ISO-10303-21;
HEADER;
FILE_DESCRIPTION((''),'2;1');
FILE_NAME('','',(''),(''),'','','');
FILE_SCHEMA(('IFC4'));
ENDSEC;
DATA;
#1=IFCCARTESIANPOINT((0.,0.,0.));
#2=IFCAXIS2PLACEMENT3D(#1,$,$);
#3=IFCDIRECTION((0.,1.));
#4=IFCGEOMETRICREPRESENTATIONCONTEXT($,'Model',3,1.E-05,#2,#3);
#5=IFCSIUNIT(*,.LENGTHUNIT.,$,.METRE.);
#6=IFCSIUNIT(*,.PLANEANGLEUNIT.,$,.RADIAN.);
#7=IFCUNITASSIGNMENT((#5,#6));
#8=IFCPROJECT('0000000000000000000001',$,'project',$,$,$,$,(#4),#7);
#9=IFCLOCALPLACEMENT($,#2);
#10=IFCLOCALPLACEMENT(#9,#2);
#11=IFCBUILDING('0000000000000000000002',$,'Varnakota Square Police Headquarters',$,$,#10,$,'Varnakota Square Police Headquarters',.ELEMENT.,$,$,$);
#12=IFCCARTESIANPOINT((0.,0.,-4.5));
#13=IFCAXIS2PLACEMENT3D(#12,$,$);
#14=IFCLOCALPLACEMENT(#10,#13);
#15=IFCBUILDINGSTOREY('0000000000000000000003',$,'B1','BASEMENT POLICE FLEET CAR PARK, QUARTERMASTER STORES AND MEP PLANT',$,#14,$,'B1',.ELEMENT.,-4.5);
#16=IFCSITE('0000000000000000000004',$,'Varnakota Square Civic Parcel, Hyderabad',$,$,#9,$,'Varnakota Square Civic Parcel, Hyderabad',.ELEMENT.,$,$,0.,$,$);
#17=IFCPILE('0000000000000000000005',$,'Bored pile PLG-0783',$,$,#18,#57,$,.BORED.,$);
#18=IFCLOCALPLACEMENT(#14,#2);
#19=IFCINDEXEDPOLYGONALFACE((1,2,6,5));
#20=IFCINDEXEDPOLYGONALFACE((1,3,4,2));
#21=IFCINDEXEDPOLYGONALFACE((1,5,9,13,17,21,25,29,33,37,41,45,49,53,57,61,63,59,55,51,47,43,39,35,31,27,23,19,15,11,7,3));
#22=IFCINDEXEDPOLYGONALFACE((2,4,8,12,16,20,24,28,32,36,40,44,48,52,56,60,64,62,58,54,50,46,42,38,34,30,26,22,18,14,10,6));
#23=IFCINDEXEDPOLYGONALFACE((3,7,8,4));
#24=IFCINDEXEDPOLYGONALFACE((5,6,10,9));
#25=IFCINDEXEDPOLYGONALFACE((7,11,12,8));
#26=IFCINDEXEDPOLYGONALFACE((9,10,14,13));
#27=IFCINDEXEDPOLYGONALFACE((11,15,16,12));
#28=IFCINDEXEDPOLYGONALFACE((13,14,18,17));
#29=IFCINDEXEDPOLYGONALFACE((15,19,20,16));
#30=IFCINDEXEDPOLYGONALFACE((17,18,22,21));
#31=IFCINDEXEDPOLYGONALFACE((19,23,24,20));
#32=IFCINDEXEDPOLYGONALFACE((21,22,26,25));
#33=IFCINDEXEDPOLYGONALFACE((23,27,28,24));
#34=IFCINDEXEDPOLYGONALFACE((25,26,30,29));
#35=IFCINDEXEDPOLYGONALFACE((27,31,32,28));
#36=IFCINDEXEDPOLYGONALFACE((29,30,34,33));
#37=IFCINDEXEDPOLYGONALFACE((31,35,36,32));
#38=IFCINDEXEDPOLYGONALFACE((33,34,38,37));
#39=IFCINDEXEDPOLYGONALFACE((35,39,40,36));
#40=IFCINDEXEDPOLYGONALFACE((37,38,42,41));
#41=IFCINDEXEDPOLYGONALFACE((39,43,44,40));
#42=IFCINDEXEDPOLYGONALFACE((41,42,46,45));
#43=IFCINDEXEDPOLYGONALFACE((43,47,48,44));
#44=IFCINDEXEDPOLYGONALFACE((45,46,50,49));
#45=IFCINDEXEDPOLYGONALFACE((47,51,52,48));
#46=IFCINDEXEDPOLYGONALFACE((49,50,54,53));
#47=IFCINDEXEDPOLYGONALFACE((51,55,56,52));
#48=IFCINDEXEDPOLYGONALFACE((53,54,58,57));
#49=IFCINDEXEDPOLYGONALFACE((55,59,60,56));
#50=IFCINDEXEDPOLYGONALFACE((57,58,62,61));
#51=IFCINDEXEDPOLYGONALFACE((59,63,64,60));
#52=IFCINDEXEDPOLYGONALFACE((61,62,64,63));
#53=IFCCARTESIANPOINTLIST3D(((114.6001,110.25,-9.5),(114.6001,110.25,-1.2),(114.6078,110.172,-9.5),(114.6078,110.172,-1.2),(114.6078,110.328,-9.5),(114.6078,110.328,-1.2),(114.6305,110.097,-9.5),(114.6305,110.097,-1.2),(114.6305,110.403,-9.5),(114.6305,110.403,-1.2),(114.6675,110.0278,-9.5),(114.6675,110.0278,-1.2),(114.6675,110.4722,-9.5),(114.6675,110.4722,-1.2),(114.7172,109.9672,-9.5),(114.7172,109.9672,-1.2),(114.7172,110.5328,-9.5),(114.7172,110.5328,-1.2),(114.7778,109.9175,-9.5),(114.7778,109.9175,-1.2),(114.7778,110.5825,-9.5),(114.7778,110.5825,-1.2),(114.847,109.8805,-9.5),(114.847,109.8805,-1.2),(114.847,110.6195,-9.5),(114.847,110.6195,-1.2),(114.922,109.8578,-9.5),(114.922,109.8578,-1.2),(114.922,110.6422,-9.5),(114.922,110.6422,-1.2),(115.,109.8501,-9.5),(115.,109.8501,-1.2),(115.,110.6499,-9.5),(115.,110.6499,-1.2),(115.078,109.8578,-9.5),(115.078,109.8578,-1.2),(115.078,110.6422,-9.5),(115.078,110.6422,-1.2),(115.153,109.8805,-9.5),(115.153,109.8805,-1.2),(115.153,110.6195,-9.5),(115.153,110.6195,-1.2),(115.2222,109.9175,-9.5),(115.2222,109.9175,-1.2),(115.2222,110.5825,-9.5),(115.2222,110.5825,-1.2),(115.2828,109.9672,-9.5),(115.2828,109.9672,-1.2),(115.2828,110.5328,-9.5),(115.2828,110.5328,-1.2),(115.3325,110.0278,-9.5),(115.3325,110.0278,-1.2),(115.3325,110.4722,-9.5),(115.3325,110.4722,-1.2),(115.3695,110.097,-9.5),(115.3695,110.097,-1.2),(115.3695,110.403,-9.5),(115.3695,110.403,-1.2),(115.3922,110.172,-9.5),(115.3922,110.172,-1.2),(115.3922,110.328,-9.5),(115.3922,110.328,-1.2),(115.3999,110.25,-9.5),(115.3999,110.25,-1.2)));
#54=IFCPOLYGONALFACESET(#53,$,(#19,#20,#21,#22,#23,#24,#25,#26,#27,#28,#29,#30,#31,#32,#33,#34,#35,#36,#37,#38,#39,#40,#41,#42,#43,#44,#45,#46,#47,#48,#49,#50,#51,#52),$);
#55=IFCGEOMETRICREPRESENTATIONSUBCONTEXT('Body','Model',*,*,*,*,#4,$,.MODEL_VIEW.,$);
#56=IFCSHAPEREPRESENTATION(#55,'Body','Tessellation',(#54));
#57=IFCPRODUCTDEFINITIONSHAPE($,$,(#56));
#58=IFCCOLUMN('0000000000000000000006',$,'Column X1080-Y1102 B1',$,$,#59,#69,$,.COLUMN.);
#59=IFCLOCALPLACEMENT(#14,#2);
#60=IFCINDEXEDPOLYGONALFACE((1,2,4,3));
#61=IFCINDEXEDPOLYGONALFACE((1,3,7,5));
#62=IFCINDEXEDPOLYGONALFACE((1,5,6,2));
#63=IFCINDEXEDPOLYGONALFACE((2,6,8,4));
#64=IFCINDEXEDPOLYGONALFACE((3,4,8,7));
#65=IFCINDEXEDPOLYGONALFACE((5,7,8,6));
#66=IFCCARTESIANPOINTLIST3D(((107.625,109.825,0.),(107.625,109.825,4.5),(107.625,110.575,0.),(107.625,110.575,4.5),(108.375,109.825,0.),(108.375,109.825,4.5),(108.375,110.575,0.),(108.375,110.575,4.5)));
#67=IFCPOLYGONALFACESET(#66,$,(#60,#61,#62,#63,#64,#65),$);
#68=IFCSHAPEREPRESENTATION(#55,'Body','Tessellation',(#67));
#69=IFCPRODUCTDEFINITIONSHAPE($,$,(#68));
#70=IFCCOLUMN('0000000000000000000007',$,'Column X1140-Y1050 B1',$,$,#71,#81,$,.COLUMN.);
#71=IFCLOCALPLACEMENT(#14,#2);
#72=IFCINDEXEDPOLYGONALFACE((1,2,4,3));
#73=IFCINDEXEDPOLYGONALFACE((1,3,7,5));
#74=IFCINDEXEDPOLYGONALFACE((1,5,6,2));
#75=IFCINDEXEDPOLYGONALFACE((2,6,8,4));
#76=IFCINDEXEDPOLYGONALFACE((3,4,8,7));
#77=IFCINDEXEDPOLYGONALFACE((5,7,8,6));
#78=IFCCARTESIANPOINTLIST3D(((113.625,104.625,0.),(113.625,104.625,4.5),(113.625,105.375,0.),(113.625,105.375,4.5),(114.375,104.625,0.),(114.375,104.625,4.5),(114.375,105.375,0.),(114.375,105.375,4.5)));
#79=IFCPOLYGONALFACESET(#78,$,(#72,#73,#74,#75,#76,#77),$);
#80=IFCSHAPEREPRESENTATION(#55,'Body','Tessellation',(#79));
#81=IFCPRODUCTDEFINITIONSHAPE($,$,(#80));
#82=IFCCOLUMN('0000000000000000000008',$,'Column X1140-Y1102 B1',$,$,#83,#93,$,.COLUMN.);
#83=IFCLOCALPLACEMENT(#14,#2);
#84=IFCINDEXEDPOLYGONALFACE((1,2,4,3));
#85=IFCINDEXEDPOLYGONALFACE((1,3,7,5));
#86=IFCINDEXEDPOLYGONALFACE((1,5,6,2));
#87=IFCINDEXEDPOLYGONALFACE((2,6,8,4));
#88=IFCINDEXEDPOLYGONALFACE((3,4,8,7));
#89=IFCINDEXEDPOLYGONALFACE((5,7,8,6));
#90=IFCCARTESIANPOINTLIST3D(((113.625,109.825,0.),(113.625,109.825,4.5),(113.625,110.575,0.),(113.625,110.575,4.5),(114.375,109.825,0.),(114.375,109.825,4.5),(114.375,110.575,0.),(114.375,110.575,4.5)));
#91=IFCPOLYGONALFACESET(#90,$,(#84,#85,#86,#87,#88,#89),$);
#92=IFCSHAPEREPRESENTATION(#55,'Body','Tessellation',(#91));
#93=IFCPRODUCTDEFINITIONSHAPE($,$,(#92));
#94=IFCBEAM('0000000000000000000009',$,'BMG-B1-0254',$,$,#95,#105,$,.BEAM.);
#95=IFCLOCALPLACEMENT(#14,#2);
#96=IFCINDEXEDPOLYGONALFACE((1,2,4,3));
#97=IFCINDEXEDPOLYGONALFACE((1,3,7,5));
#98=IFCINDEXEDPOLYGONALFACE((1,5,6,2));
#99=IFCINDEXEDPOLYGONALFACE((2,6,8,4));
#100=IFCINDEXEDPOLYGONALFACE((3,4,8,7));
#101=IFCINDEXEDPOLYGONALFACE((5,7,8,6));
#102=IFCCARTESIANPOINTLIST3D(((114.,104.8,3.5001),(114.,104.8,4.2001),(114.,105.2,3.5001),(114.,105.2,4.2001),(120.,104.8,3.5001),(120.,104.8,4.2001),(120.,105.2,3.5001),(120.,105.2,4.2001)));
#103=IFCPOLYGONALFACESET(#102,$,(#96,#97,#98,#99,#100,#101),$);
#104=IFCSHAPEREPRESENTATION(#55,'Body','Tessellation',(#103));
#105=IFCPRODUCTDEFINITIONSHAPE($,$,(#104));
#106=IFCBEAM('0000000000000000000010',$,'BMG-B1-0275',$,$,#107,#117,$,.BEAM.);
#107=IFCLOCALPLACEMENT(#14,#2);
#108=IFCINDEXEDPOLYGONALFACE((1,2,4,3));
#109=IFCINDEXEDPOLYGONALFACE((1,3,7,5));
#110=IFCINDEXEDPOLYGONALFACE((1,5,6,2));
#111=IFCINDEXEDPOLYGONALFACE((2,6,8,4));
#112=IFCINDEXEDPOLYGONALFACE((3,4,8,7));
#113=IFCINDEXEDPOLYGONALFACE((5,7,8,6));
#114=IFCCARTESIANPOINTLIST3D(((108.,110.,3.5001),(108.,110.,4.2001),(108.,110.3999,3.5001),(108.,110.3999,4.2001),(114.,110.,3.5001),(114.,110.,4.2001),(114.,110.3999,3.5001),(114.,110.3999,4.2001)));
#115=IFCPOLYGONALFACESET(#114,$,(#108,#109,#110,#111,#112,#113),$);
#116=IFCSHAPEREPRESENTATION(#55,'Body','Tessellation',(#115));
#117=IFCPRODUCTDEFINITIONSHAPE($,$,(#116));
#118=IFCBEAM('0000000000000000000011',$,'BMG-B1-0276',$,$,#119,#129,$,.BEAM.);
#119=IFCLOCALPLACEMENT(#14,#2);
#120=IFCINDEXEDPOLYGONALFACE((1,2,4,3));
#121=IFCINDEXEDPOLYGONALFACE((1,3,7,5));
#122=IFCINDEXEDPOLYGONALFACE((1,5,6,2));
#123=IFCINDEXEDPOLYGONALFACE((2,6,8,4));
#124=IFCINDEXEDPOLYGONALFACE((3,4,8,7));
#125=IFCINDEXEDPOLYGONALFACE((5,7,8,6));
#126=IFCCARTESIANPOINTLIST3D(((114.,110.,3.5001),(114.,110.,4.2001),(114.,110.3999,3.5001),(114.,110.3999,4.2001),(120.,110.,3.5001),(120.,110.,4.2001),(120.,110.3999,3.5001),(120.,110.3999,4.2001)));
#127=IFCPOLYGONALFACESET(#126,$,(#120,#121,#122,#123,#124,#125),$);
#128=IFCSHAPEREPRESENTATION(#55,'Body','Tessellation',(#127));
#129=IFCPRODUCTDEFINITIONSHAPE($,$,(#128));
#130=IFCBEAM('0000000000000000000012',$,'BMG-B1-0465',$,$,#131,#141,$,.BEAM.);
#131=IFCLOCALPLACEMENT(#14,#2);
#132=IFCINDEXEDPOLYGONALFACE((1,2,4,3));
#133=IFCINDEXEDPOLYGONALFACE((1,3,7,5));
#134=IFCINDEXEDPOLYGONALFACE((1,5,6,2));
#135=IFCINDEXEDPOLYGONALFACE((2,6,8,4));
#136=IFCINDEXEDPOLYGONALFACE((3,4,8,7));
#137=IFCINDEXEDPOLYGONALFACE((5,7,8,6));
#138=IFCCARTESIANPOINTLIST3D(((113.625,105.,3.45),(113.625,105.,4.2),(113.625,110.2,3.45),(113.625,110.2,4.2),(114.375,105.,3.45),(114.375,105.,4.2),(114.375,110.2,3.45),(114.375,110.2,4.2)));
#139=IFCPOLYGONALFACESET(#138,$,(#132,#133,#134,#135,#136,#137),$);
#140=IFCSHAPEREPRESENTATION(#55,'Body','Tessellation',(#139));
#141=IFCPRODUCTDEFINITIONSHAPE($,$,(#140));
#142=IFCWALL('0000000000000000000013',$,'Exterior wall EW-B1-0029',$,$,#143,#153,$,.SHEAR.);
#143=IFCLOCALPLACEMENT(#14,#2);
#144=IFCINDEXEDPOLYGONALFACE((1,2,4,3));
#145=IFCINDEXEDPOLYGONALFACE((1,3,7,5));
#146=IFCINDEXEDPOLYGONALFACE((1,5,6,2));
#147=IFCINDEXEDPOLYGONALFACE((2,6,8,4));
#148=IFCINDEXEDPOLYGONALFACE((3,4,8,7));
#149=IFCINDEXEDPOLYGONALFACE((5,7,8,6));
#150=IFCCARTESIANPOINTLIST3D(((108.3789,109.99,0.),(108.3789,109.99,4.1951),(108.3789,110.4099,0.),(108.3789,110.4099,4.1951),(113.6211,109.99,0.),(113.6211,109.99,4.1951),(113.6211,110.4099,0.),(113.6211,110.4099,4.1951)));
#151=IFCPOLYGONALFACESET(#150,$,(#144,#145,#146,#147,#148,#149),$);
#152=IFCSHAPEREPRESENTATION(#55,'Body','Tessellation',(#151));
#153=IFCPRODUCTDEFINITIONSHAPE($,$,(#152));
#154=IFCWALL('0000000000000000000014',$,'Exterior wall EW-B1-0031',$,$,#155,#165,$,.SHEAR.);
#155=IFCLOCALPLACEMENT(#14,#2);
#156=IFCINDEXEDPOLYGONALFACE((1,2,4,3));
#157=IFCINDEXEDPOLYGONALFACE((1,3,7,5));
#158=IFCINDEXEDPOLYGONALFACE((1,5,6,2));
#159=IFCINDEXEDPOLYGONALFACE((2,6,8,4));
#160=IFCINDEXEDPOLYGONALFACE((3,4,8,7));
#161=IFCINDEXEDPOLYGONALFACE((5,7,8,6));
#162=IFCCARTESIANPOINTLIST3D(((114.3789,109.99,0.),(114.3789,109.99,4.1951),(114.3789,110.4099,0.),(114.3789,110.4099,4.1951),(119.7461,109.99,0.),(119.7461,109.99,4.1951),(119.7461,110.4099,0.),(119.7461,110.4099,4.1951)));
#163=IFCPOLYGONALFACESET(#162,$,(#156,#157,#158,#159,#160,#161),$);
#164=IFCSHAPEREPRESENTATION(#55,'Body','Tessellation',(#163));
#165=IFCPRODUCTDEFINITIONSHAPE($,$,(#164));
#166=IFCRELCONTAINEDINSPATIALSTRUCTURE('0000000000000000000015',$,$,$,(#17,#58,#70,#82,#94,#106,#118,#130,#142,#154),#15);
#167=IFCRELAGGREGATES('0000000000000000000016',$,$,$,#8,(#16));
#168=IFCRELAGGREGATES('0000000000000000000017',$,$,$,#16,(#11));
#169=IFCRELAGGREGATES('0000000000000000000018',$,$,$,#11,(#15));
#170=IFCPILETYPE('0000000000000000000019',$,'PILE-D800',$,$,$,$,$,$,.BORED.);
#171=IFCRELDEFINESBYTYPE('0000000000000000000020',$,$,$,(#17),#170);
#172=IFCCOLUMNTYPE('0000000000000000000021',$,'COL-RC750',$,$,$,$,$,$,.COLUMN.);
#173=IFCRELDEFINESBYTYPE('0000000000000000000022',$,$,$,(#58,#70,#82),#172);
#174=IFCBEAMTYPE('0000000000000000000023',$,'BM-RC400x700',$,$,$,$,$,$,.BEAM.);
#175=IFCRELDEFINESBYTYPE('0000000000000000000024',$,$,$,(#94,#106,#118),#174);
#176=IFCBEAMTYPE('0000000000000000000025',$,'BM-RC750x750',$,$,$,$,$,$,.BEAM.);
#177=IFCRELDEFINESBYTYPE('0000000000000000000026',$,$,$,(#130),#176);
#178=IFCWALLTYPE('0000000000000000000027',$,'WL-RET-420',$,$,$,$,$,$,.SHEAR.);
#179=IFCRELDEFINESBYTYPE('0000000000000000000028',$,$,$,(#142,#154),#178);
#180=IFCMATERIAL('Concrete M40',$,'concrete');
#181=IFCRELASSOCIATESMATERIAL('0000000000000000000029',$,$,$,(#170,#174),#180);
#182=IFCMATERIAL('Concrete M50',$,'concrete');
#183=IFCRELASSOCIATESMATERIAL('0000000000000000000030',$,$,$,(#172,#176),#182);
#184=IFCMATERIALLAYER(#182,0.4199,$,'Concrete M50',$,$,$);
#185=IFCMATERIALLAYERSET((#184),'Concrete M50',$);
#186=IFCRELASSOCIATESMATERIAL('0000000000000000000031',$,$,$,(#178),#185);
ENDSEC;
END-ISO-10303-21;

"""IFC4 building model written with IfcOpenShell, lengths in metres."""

from ifc_helpers import new_model, si_unit, direction, frame, frame_2d, origin, origin_2d, place, context, subcontext, project, spatial, rectangle, circle, extrude, material, layer, layer_set, material_profile, profile_set, type_object, element, save


model = new_model("IFC4")

# Units and contexts
model_context = context("Model", 3, precision=1e-05, world=origin(), true_north=direction((0.0, 1.0)))
body_context = subcontext(model_context, "Body", "Model", "MODEL_VIEW")
ifc_project = project(units=[si_unit("LENGTHUNIT", "METRE"), si_unit("PLANEANGLEUNIT", "RADIAN")], contexts=[model_context])

# Site, building, storey
site_placement = place(None, origin())
site = spatial("IfcSite", under=ifc_project, at=site_placement, Name="Varnakota Square Civic Parcel, Hyderabad", LongName="Varnakota Square Civic Parcel, Hyderabad", CompositionType="ELEMENT", RefElevation=0.0)
building_placement = place(site_placement, origin())
building = spatial("IfcBuilding", under=site, at=building_placement, Name="Varnakota Square Police Headquarters", LongName="Varnakota Square Police Headquarters", CompositionType="ELEMENT")
storey_placement = place(building_placement, frame((0.0, 0.0, -4.5)))
storey = spatial("IfcBuildingStorey", under=building, at=storey_placement, Name="B1", Description="BASEMENT POLICE FLEET CAR PARK, QUARTERMASTER STORES AND MEP PLANT", LongName="B1", CompositionType="ELEMENT", Elevation=-4.5)

# Shared definitions
ifc_material_1 = material(Name="Concrete M40", Category="concrete")

# Pile
ifc_material_profile_1 = material_profile(ifc_material_1, circle(Radius=0.3999, at=origin_2d()), Name="BORED PILE 800")
ifc_profile_set_1 = profile_set([ifc_material_profile_1], Name="Concrete M40")
pile_type = type_object("IfcPileType", Name="PILE-D800", PredefinedType="BORED", material=ifc_profile_set_1)
for number, where, z_axis, x_axis, name in (
    (1, (115.0, 110.25, -1.2), (0.0, 0.0, -1.0), (1.0, 0.0, 0.0), "Bored pile PLG-0783"),
):
    element("IfcPile", number, at=place(storey_placement, frame(where, z_axis=z_axis, x_axis=x_axis)), inside=storey, type_object=pile_type, Name=name, PredefinedType="BORED", context=body_context, shape_type="SweptSolid", body=[
        extrude(circle(Radius=0.3999, at=origin_2d()), origin(), (0.0, 0.0, 1.0), 8.3),
    ])

# Columns
ifc_material_2 = material(Name="Concrete M50", Category="concrete")
ifc_material_profile_2 = material_profile(ifc_material_2, rectangle(XDim=0.75, YDim=0.75, at=origin_2d()), Name="RC 750x750")
ifc_profile_set_2 = profile_set([ifc_material_profile_2], Name="Concrete M50")
column_type = type_object("IfcColumnType", Name="COL-RC750", PredefinedType="COLUMN", material=ifc_profile_set_2)
for number, where, z_axis, x_axis, name in (
    (2, (108.0, 110.2, 0.0), (0.0, 0.0, 1.0), (1.0, 0.0, 0.0), "Column X1080-Y1102 B1"),
    (3, (114.0, 105.0, 0.0), (0.0, 0.0, 1.0), (1.0, 0.0, 0.0), "Column X1140-Y1050 B1"),
    (4, (114.0, 110.2, 0.0), (0.0, 0.0, 1.0), (1.0, 0.0, 0.0), "Column X1140-Y1102 B1"),
):
    element("IfcColumn", number, at=place(storey_placement, frame(where, z_axis=z_axis, x_axis=x_axis)), inside=storey, type_object=column_type, Name=name, PredefinedType="COLUMN", context=body_context, shape_type="SweptSolid", body=[
        extrude(rectangle(XDim=0.75, YDim=0.75, at=origin_2d()), origin(), (0.0, 0.0, 1.0), 4.5),
    ])

# Beams
ifc_material_profile_3 = material_profile(ifc_material_1, rectangle(XDim=0.3999, YDim=0.7, at=origin_2d()), Name="RC 400x700")
ifc_profile_set_3 = profile_set([ifc_material_profile_3], Name="Concrete M40")
beam_type_1 = type_object("IfcBeamType", Name="BM-RC400x700", PredefinedType="BEAM", material=ifc_profile_set_3)
for number, where, z_axis, x_axis, name in (
    (5, (114.0, 105.0, 3.8501), (1.0, 0.0, 0.0), (0.0, 1.0, 0.0), "BMG-B1-0254"),
    (6, (108.0, 110.2, 3.8501), (1.0, 0.0, 0.0), (0.0, 1.0, 0.0), "BMG-B1-0275"),
    (7, (114.0, 110.2, 3.8501), (1.0, 0.0, 0.0), (0.0, 1.0, 0.0), "BMG-B1-0276"),
):
    element("IfcBeam", number, at=place(storey_placement, frame(where, z_axis=z_axis, x_axis=x_axis)), inside=storey, type_object=beam_type_1, Name=name, PredefinedType="BEAM", context=body_context, shape_type="SweptSolid", body=[
        extrude(rectangle(XDim=0.3999, YDim=0.7, at=origin_2d()), origin(), (0.0, 0.0, 1.0), 6.0),
    ])
ifc_material_profile_4 = material_profile(ifc_material_2, rectangle(XDim=0.75, YDim=0.75, at=origin_2d()), Name="RC 750x750")
ifc_profile_set_4 = profile_set([ifc_material_profile_4], Name="Concrete M50")
beam_type_2 = type_object("IfcBeamType", Name="BM-RC750x750", PredefinedType="BEAM", material=ifc_profile_set_4)
beam_placement = place(storey_placement, frame((114.0, 105.0, 3.825), z_axis=(0.0, 1.0, 0.0), x_axis=(-1.0, 0.0, 0.0)))
element("IfcBeam", 8, at=beam_placement, inside=storey, type_object=beam_type_2, Name="BMG-B1-0465", PredefinedType="BEAM", context=body_context, shape_type="SweptSolid", body=[
    extrude(rectangle(XDim=0.75, YDim=0.75, at=origin_2d()), origin(), (0.0, 0.0, 1.0), 5.2),
])

# Walls
ifc_layer = layer(ifc_material_2, 0.4199, Name="Concrete M50")
ifc_layer_set = layer_set([ifc_layer], Name="Concrete M50")
wall_type = type_object("IfcWallType", Name="WL-RET-420", PredefinedType="SHEAR", material=ifc_layer_set)
wall_1_placement = place(storey_placement, frame((108.3789, 110.2, 0.0), z_axis=(0.0, 0.0, 1.0), x_axis=(1.0, 0.0, 0.0)))
element("IfcWall", 9, at=wall_1_placement, inside=storey, type_object=wall_type, Name="Exterior wall EW-B1-0029", PredefinedType="SHEAR", context=body_context, shape_type="SweptSolid", body=[
    extrude(rectangle(XDim=5.2422, YDim=0.4199, at=frame_2d((2.6211, 0.0))), origin(), (0.0, 0.0, 1.0), 4.1951),
])
wall_2_placement = place(storey_placement, frame((114.3789, 110.2, 0.0), z_axis=(0.0, 0.0, 1.0), x_axis=(1.0, 0.0, 0.0)))
element("IfcWall", 10, at=wall_2_placement, inside=storey, type_object=wall_type, Name="Exterior wall EW-B1-0031", PredefinedType="SHEAR", context=body_context, shape_type="SweptSolid", body=[
    extrude(rectangle(XDim=5.3672, YDim=0.4199, at=frame_2d((2.6836, 0.0))), origin(), (0.0, 0.0, 1.0), 4.1951),
])

save(model, "model.ifc")
